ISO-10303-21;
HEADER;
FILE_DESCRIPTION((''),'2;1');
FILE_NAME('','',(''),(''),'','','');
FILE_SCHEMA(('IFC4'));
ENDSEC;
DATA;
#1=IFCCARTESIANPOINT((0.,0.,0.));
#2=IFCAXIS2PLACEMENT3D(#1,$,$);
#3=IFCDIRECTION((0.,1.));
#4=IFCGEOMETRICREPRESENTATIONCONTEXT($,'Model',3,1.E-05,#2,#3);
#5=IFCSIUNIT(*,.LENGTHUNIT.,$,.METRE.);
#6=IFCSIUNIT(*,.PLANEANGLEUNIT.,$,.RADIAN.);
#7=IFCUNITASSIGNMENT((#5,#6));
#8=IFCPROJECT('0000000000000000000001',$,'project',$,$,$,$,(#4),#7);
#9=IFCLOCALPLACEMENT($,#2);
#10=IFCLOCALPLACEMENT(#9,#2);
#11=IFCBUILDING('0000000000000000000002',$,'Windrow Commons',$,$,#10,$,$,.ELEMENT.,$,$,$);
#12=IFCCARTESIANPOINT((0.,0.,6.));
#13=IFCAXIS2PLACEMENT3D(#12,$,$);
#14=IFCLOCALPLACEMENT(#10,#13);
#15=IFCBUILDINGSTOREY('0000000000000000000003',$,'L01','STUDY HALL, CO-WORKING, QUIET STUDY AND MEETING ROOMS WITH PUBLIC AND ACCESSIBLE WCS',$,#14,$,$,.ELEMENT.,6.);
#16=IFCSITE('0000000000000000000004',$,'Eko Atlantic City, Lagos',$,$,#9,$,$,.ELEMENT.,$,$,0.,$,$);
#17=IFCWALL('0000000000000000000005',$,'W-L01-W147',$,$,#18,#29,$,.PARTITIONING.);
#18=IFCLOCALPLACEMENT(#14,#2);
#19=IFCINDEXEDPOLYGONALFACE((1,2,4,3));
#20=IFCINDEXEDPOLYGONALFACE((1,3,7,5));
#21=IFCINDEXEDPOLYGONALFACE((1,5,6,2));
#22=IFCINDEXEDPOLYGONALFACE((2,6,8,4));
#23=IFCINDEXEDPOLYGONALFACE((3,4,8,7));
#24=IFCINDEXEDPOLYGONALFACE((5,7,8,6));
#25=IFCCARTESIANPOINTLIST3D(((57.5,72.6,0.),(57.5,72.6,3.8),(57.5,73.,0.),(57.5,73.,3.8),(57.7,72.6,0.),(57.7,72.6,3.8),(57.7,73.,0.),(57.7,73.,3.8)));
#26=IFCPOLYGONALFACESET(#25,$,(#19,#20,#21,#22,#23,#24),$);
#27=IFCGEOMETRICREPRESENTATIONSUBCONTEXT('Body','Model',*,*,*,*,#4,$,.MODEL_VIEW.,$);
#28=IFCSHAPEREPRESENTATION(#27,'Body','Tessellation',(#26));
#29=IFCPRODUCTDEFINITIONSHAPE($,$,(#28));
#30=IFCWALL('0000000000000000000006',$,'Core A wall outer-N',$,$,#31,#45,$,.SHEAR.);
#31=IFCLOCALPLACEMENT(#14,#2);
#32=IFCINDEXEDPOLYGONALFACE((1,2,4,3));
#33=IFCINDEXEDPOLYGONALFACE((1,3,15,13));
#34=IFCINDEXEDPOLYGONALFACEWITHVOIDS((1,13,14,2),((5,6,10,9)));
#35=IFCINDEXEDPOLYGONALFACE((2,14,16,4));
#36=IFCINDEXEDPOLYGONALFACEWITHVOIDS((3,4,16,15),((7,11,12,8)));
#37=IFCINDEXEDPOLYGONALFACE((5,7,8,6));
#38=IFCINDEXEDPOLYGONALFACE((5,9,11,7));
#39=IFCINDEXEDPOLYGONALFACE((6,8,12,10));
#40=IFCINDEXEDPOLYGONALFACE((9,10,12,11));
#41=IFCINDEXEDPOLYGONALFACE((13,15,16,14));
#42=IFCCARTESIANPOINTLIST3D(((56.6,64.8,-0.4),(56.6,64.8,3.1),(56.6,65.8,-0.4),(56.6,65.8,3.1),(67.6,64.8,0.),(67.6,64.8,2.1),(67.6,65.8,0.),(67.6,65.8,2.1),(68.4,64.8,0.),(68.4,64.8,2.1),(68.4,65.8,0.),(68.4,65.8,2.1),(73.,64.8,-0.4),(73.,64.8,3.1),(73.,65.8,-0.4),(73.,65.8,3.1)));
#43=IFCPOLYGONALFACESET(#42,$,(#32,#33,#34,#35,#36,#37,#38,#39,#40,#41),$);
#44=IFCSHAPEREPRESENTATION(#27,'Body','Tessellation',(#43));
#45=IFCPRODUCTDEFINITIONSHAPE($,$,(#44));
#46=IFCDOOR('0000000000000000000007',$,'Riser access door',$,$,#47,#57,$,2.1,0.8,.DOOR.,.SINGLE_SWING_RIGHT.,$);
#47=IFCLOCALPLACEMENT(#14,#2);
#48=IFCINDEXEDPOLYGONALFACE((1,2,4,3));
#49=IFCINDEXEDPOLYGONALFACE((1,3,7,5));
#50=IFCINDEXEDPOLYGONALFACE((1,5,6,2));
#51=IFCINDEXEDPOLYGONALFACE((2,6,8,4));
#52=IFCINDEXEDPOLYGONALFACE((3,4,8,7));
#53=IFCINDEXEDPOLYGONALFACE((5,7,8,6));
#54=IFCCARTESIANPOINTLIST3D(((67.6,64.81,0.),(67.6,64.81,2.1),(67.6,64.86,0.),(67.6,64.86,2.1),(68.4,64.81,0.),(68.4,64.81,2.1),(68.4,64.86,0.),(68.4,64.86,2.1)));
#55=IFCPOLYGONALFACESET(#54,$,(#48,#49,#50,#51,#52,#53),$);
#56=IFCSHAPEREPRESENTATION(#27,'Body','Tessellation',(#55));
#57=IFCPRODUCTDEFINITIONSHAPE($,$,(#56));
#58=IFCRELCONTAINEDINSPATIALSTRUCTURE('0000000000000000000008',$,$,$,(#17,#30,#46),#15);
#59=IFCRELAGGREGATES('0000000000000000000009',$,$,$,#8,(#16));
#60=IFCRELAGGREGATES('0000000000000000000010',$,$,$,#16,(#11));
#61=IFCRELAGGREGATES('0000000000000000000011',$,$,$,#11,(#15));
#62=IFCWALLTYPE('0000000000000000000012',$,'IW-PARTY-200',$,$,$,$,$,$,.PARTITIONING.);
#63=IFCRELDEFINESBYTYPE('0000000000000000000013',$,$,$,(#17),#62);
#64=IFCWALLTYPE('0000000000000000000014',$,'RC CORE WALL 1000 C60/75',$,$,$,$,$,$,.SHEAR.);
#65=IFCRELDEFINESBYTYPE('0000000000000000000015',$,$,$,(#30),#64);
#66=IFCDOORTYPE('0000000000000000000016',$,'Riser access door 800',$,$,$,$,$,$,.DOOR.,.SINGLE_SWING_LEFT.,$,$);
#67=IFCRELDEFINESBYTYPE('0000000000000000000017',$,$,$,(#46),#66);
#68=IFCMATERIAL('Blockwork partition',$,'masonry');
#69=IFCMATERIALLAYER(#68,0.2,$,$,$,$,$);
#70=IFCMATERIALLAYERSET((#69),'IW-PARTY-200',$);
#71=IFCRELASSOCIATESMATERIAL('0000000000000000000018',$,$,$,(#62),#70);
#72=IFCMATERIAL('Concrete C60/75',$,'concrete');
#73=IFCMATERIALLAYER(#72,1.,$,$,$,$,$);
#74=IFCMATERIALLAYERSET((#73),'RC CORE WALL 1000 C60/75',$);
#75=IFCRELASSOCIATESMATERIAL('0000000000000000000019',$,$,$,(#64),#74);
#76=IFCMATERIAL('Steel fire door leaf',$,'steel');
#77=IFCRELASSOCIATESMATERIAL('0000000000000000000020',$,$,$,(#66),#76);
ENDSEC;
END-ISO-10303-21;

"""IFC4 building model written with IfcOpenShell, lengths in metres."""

from ifc_helpers import new_model, si_unit, direction, frame, frame_2d, origin, place, context, subcontext, project, spatial, rectangle, extrude, material, layer, layer_set, type_object, element, fill, save


model = new_model("IFC4")

# Units and contexts
model_context = context("Model", 3, precision=1e-05, world=origin(), true_north=direction((0.0, 1.0)))
body_context = subcontext(model_context, "Body", "Model", "MODEL_VIEW")
ifc_project = project(units=[si_unit("LENGTHUNIT", "METRE"), si_unit("PLANEANGLEUNIT", "RADIAN")], contexts=[model_context])

# Site, building, storey
site_placement = place(None, origin())
site = spatial("IfcSite", under=ifc_project, at=site_placement, Name="Eko Atlantic City, Lagos", CompositionType="ELEMENT", RefElevation=0.0)
building_placement = place(site_placement, origin())
building = spatial("IfcBuilding", under=site, at=building_placement, Name="Windrow Commons", CompositionType="ELEMENT")
storey_placement = place(building_placement, frame((0.0, 0.0, 6.0)))
storey = spatial("IfcBuildingStorey", under=building, at=storey_placement, Name="L01", Description="STUDY HALL, CO-WORKING, QUIET STUDY AND MEETING ROOMS WITH PUBLIC AND ACCESSIBLE WCS", CompositionType="ELEMENT", Elevation=6.0)

# Wall
ifc_material_1 = material(Name="Blockwork partition", Category="masonry")
ifc_layer_1 = layer(ifc_material_1, 0.2)
ifc_layer_set_1 = layer_set([ifc_layer_1], Name="IW-PARTY-200")
wall_type_1 = type_object("IfcWallType", Name="IW-PARTY-200", PredefinedType="PARTITIONING", material=ifc_layer_set_1)
wall_1_placement = place(storey_placement, frame((57.6, 72.6, 0.0), z_axis=(0.0, 0.0, 1.0), x_axis=(0.0, 1.0, 0.0)))
element("IfcWall", 1, at=wall_1_placement, inside=storey, type_object=wall_type_1, Name="W-L01-W147", PredefinedType="PARTITIONING", context=body_context, shape_type="SweptSolid", body=[
    extrude(rectangle(XDim=0.4, YDim=0.2, at=frame_2d((0.2, 0.0))), origin(), (0.0, 0.0, 1.0), 3.8),
])

# Wall, opening, door
ifc_material_2 = material(Name="Concrete C60/75", Category="concrete")
ifc_layer_2 = layer(ifc_material_2, 1.0)
ifc_layer_set_2 = layer_set([ifc_layer_2], Name="RC CORE WALL 1000 C60/75")
wall_type_2 = type_object("IfcWallType", Name="RC CORE WALL 1000 C60/75", PredefinedType="SHEAR", material=ifc_layer_set_2)
wall_2_placement = place(storey_placement, frame((56.6, 65.3, -0.4), z_axis=(0.0, 0.0, 1.0), x_axis=(1.0, 0.0, 0.0)))
wall_2 = element("IfcWall", 2, at=wall_2_placement, inside=storey, type_object=wall_type_2, Name="Core A wall outer-N", PredefinedType="SHEAR", context=body_context, shape_type="SweptSolid", body=[
    extrude(rectangle(XDim=16.4, YDim=1.0, at=frame_2d((8.2, 0.0))), origin(), (0.0, 0.0, 1.0), 3.5),
])
opening_1_placement = place(wall_2_placement, frame((11.0, 0.0, 0.4)))
opening_1 = element("IfcOpeningElement", 3, at=opening_1_placement, cuts=wall_2, PredefinedType="OPENING", context=body_context, shape_type="SweptSolid", body=[
    extrude(rectangle(XDim=0.8, YDim=2.1, at=frame_2d((0.4, 1.05))), frame((0.0, 0.51, 0.0), z_axis=(0.0, -1.0, 0.0), x_axis=(1.0, 0.0, 0.0)), (0.0, 0.0, 1.0), 1.02),
])
ifc_material_3 = material(Name="Steel fire door leaf", Category="steel")
door_type_1 = type_object("IfcDoorType", Name="Riser access door 800", OperationType="SINGLE_SWING_LEFT", PredefinedType="DOOR", material=ifc_material_3)
door_1_placement = place(opening_1_placement, origin())
door_1 = element("IfcDoor", 4, at=door_1_placement, inside=storey, type_object=door_type_1, Name="Riser access door", OperationType="SINGLE_SWING_RIGHT", OverallHeight=2.1, OverallWidth=0.8, PredefinedType="DOOR", context=body_context, shape_type="SweptSolid", body=[
    extrude(rectangle(XDim=0.8, YDim=2.1, at=frame_2d((0.4, 1.05))), frame((0.0, -0.44, 0.0), z_axis=(0.0, -1.0, 0.0), x_axis=(1.0, 0.0, 0.0)), (0.0, 0.0, 1.0), 0.05),
])
fill(opening_1, door_1)

save(model, "model.ifc")
